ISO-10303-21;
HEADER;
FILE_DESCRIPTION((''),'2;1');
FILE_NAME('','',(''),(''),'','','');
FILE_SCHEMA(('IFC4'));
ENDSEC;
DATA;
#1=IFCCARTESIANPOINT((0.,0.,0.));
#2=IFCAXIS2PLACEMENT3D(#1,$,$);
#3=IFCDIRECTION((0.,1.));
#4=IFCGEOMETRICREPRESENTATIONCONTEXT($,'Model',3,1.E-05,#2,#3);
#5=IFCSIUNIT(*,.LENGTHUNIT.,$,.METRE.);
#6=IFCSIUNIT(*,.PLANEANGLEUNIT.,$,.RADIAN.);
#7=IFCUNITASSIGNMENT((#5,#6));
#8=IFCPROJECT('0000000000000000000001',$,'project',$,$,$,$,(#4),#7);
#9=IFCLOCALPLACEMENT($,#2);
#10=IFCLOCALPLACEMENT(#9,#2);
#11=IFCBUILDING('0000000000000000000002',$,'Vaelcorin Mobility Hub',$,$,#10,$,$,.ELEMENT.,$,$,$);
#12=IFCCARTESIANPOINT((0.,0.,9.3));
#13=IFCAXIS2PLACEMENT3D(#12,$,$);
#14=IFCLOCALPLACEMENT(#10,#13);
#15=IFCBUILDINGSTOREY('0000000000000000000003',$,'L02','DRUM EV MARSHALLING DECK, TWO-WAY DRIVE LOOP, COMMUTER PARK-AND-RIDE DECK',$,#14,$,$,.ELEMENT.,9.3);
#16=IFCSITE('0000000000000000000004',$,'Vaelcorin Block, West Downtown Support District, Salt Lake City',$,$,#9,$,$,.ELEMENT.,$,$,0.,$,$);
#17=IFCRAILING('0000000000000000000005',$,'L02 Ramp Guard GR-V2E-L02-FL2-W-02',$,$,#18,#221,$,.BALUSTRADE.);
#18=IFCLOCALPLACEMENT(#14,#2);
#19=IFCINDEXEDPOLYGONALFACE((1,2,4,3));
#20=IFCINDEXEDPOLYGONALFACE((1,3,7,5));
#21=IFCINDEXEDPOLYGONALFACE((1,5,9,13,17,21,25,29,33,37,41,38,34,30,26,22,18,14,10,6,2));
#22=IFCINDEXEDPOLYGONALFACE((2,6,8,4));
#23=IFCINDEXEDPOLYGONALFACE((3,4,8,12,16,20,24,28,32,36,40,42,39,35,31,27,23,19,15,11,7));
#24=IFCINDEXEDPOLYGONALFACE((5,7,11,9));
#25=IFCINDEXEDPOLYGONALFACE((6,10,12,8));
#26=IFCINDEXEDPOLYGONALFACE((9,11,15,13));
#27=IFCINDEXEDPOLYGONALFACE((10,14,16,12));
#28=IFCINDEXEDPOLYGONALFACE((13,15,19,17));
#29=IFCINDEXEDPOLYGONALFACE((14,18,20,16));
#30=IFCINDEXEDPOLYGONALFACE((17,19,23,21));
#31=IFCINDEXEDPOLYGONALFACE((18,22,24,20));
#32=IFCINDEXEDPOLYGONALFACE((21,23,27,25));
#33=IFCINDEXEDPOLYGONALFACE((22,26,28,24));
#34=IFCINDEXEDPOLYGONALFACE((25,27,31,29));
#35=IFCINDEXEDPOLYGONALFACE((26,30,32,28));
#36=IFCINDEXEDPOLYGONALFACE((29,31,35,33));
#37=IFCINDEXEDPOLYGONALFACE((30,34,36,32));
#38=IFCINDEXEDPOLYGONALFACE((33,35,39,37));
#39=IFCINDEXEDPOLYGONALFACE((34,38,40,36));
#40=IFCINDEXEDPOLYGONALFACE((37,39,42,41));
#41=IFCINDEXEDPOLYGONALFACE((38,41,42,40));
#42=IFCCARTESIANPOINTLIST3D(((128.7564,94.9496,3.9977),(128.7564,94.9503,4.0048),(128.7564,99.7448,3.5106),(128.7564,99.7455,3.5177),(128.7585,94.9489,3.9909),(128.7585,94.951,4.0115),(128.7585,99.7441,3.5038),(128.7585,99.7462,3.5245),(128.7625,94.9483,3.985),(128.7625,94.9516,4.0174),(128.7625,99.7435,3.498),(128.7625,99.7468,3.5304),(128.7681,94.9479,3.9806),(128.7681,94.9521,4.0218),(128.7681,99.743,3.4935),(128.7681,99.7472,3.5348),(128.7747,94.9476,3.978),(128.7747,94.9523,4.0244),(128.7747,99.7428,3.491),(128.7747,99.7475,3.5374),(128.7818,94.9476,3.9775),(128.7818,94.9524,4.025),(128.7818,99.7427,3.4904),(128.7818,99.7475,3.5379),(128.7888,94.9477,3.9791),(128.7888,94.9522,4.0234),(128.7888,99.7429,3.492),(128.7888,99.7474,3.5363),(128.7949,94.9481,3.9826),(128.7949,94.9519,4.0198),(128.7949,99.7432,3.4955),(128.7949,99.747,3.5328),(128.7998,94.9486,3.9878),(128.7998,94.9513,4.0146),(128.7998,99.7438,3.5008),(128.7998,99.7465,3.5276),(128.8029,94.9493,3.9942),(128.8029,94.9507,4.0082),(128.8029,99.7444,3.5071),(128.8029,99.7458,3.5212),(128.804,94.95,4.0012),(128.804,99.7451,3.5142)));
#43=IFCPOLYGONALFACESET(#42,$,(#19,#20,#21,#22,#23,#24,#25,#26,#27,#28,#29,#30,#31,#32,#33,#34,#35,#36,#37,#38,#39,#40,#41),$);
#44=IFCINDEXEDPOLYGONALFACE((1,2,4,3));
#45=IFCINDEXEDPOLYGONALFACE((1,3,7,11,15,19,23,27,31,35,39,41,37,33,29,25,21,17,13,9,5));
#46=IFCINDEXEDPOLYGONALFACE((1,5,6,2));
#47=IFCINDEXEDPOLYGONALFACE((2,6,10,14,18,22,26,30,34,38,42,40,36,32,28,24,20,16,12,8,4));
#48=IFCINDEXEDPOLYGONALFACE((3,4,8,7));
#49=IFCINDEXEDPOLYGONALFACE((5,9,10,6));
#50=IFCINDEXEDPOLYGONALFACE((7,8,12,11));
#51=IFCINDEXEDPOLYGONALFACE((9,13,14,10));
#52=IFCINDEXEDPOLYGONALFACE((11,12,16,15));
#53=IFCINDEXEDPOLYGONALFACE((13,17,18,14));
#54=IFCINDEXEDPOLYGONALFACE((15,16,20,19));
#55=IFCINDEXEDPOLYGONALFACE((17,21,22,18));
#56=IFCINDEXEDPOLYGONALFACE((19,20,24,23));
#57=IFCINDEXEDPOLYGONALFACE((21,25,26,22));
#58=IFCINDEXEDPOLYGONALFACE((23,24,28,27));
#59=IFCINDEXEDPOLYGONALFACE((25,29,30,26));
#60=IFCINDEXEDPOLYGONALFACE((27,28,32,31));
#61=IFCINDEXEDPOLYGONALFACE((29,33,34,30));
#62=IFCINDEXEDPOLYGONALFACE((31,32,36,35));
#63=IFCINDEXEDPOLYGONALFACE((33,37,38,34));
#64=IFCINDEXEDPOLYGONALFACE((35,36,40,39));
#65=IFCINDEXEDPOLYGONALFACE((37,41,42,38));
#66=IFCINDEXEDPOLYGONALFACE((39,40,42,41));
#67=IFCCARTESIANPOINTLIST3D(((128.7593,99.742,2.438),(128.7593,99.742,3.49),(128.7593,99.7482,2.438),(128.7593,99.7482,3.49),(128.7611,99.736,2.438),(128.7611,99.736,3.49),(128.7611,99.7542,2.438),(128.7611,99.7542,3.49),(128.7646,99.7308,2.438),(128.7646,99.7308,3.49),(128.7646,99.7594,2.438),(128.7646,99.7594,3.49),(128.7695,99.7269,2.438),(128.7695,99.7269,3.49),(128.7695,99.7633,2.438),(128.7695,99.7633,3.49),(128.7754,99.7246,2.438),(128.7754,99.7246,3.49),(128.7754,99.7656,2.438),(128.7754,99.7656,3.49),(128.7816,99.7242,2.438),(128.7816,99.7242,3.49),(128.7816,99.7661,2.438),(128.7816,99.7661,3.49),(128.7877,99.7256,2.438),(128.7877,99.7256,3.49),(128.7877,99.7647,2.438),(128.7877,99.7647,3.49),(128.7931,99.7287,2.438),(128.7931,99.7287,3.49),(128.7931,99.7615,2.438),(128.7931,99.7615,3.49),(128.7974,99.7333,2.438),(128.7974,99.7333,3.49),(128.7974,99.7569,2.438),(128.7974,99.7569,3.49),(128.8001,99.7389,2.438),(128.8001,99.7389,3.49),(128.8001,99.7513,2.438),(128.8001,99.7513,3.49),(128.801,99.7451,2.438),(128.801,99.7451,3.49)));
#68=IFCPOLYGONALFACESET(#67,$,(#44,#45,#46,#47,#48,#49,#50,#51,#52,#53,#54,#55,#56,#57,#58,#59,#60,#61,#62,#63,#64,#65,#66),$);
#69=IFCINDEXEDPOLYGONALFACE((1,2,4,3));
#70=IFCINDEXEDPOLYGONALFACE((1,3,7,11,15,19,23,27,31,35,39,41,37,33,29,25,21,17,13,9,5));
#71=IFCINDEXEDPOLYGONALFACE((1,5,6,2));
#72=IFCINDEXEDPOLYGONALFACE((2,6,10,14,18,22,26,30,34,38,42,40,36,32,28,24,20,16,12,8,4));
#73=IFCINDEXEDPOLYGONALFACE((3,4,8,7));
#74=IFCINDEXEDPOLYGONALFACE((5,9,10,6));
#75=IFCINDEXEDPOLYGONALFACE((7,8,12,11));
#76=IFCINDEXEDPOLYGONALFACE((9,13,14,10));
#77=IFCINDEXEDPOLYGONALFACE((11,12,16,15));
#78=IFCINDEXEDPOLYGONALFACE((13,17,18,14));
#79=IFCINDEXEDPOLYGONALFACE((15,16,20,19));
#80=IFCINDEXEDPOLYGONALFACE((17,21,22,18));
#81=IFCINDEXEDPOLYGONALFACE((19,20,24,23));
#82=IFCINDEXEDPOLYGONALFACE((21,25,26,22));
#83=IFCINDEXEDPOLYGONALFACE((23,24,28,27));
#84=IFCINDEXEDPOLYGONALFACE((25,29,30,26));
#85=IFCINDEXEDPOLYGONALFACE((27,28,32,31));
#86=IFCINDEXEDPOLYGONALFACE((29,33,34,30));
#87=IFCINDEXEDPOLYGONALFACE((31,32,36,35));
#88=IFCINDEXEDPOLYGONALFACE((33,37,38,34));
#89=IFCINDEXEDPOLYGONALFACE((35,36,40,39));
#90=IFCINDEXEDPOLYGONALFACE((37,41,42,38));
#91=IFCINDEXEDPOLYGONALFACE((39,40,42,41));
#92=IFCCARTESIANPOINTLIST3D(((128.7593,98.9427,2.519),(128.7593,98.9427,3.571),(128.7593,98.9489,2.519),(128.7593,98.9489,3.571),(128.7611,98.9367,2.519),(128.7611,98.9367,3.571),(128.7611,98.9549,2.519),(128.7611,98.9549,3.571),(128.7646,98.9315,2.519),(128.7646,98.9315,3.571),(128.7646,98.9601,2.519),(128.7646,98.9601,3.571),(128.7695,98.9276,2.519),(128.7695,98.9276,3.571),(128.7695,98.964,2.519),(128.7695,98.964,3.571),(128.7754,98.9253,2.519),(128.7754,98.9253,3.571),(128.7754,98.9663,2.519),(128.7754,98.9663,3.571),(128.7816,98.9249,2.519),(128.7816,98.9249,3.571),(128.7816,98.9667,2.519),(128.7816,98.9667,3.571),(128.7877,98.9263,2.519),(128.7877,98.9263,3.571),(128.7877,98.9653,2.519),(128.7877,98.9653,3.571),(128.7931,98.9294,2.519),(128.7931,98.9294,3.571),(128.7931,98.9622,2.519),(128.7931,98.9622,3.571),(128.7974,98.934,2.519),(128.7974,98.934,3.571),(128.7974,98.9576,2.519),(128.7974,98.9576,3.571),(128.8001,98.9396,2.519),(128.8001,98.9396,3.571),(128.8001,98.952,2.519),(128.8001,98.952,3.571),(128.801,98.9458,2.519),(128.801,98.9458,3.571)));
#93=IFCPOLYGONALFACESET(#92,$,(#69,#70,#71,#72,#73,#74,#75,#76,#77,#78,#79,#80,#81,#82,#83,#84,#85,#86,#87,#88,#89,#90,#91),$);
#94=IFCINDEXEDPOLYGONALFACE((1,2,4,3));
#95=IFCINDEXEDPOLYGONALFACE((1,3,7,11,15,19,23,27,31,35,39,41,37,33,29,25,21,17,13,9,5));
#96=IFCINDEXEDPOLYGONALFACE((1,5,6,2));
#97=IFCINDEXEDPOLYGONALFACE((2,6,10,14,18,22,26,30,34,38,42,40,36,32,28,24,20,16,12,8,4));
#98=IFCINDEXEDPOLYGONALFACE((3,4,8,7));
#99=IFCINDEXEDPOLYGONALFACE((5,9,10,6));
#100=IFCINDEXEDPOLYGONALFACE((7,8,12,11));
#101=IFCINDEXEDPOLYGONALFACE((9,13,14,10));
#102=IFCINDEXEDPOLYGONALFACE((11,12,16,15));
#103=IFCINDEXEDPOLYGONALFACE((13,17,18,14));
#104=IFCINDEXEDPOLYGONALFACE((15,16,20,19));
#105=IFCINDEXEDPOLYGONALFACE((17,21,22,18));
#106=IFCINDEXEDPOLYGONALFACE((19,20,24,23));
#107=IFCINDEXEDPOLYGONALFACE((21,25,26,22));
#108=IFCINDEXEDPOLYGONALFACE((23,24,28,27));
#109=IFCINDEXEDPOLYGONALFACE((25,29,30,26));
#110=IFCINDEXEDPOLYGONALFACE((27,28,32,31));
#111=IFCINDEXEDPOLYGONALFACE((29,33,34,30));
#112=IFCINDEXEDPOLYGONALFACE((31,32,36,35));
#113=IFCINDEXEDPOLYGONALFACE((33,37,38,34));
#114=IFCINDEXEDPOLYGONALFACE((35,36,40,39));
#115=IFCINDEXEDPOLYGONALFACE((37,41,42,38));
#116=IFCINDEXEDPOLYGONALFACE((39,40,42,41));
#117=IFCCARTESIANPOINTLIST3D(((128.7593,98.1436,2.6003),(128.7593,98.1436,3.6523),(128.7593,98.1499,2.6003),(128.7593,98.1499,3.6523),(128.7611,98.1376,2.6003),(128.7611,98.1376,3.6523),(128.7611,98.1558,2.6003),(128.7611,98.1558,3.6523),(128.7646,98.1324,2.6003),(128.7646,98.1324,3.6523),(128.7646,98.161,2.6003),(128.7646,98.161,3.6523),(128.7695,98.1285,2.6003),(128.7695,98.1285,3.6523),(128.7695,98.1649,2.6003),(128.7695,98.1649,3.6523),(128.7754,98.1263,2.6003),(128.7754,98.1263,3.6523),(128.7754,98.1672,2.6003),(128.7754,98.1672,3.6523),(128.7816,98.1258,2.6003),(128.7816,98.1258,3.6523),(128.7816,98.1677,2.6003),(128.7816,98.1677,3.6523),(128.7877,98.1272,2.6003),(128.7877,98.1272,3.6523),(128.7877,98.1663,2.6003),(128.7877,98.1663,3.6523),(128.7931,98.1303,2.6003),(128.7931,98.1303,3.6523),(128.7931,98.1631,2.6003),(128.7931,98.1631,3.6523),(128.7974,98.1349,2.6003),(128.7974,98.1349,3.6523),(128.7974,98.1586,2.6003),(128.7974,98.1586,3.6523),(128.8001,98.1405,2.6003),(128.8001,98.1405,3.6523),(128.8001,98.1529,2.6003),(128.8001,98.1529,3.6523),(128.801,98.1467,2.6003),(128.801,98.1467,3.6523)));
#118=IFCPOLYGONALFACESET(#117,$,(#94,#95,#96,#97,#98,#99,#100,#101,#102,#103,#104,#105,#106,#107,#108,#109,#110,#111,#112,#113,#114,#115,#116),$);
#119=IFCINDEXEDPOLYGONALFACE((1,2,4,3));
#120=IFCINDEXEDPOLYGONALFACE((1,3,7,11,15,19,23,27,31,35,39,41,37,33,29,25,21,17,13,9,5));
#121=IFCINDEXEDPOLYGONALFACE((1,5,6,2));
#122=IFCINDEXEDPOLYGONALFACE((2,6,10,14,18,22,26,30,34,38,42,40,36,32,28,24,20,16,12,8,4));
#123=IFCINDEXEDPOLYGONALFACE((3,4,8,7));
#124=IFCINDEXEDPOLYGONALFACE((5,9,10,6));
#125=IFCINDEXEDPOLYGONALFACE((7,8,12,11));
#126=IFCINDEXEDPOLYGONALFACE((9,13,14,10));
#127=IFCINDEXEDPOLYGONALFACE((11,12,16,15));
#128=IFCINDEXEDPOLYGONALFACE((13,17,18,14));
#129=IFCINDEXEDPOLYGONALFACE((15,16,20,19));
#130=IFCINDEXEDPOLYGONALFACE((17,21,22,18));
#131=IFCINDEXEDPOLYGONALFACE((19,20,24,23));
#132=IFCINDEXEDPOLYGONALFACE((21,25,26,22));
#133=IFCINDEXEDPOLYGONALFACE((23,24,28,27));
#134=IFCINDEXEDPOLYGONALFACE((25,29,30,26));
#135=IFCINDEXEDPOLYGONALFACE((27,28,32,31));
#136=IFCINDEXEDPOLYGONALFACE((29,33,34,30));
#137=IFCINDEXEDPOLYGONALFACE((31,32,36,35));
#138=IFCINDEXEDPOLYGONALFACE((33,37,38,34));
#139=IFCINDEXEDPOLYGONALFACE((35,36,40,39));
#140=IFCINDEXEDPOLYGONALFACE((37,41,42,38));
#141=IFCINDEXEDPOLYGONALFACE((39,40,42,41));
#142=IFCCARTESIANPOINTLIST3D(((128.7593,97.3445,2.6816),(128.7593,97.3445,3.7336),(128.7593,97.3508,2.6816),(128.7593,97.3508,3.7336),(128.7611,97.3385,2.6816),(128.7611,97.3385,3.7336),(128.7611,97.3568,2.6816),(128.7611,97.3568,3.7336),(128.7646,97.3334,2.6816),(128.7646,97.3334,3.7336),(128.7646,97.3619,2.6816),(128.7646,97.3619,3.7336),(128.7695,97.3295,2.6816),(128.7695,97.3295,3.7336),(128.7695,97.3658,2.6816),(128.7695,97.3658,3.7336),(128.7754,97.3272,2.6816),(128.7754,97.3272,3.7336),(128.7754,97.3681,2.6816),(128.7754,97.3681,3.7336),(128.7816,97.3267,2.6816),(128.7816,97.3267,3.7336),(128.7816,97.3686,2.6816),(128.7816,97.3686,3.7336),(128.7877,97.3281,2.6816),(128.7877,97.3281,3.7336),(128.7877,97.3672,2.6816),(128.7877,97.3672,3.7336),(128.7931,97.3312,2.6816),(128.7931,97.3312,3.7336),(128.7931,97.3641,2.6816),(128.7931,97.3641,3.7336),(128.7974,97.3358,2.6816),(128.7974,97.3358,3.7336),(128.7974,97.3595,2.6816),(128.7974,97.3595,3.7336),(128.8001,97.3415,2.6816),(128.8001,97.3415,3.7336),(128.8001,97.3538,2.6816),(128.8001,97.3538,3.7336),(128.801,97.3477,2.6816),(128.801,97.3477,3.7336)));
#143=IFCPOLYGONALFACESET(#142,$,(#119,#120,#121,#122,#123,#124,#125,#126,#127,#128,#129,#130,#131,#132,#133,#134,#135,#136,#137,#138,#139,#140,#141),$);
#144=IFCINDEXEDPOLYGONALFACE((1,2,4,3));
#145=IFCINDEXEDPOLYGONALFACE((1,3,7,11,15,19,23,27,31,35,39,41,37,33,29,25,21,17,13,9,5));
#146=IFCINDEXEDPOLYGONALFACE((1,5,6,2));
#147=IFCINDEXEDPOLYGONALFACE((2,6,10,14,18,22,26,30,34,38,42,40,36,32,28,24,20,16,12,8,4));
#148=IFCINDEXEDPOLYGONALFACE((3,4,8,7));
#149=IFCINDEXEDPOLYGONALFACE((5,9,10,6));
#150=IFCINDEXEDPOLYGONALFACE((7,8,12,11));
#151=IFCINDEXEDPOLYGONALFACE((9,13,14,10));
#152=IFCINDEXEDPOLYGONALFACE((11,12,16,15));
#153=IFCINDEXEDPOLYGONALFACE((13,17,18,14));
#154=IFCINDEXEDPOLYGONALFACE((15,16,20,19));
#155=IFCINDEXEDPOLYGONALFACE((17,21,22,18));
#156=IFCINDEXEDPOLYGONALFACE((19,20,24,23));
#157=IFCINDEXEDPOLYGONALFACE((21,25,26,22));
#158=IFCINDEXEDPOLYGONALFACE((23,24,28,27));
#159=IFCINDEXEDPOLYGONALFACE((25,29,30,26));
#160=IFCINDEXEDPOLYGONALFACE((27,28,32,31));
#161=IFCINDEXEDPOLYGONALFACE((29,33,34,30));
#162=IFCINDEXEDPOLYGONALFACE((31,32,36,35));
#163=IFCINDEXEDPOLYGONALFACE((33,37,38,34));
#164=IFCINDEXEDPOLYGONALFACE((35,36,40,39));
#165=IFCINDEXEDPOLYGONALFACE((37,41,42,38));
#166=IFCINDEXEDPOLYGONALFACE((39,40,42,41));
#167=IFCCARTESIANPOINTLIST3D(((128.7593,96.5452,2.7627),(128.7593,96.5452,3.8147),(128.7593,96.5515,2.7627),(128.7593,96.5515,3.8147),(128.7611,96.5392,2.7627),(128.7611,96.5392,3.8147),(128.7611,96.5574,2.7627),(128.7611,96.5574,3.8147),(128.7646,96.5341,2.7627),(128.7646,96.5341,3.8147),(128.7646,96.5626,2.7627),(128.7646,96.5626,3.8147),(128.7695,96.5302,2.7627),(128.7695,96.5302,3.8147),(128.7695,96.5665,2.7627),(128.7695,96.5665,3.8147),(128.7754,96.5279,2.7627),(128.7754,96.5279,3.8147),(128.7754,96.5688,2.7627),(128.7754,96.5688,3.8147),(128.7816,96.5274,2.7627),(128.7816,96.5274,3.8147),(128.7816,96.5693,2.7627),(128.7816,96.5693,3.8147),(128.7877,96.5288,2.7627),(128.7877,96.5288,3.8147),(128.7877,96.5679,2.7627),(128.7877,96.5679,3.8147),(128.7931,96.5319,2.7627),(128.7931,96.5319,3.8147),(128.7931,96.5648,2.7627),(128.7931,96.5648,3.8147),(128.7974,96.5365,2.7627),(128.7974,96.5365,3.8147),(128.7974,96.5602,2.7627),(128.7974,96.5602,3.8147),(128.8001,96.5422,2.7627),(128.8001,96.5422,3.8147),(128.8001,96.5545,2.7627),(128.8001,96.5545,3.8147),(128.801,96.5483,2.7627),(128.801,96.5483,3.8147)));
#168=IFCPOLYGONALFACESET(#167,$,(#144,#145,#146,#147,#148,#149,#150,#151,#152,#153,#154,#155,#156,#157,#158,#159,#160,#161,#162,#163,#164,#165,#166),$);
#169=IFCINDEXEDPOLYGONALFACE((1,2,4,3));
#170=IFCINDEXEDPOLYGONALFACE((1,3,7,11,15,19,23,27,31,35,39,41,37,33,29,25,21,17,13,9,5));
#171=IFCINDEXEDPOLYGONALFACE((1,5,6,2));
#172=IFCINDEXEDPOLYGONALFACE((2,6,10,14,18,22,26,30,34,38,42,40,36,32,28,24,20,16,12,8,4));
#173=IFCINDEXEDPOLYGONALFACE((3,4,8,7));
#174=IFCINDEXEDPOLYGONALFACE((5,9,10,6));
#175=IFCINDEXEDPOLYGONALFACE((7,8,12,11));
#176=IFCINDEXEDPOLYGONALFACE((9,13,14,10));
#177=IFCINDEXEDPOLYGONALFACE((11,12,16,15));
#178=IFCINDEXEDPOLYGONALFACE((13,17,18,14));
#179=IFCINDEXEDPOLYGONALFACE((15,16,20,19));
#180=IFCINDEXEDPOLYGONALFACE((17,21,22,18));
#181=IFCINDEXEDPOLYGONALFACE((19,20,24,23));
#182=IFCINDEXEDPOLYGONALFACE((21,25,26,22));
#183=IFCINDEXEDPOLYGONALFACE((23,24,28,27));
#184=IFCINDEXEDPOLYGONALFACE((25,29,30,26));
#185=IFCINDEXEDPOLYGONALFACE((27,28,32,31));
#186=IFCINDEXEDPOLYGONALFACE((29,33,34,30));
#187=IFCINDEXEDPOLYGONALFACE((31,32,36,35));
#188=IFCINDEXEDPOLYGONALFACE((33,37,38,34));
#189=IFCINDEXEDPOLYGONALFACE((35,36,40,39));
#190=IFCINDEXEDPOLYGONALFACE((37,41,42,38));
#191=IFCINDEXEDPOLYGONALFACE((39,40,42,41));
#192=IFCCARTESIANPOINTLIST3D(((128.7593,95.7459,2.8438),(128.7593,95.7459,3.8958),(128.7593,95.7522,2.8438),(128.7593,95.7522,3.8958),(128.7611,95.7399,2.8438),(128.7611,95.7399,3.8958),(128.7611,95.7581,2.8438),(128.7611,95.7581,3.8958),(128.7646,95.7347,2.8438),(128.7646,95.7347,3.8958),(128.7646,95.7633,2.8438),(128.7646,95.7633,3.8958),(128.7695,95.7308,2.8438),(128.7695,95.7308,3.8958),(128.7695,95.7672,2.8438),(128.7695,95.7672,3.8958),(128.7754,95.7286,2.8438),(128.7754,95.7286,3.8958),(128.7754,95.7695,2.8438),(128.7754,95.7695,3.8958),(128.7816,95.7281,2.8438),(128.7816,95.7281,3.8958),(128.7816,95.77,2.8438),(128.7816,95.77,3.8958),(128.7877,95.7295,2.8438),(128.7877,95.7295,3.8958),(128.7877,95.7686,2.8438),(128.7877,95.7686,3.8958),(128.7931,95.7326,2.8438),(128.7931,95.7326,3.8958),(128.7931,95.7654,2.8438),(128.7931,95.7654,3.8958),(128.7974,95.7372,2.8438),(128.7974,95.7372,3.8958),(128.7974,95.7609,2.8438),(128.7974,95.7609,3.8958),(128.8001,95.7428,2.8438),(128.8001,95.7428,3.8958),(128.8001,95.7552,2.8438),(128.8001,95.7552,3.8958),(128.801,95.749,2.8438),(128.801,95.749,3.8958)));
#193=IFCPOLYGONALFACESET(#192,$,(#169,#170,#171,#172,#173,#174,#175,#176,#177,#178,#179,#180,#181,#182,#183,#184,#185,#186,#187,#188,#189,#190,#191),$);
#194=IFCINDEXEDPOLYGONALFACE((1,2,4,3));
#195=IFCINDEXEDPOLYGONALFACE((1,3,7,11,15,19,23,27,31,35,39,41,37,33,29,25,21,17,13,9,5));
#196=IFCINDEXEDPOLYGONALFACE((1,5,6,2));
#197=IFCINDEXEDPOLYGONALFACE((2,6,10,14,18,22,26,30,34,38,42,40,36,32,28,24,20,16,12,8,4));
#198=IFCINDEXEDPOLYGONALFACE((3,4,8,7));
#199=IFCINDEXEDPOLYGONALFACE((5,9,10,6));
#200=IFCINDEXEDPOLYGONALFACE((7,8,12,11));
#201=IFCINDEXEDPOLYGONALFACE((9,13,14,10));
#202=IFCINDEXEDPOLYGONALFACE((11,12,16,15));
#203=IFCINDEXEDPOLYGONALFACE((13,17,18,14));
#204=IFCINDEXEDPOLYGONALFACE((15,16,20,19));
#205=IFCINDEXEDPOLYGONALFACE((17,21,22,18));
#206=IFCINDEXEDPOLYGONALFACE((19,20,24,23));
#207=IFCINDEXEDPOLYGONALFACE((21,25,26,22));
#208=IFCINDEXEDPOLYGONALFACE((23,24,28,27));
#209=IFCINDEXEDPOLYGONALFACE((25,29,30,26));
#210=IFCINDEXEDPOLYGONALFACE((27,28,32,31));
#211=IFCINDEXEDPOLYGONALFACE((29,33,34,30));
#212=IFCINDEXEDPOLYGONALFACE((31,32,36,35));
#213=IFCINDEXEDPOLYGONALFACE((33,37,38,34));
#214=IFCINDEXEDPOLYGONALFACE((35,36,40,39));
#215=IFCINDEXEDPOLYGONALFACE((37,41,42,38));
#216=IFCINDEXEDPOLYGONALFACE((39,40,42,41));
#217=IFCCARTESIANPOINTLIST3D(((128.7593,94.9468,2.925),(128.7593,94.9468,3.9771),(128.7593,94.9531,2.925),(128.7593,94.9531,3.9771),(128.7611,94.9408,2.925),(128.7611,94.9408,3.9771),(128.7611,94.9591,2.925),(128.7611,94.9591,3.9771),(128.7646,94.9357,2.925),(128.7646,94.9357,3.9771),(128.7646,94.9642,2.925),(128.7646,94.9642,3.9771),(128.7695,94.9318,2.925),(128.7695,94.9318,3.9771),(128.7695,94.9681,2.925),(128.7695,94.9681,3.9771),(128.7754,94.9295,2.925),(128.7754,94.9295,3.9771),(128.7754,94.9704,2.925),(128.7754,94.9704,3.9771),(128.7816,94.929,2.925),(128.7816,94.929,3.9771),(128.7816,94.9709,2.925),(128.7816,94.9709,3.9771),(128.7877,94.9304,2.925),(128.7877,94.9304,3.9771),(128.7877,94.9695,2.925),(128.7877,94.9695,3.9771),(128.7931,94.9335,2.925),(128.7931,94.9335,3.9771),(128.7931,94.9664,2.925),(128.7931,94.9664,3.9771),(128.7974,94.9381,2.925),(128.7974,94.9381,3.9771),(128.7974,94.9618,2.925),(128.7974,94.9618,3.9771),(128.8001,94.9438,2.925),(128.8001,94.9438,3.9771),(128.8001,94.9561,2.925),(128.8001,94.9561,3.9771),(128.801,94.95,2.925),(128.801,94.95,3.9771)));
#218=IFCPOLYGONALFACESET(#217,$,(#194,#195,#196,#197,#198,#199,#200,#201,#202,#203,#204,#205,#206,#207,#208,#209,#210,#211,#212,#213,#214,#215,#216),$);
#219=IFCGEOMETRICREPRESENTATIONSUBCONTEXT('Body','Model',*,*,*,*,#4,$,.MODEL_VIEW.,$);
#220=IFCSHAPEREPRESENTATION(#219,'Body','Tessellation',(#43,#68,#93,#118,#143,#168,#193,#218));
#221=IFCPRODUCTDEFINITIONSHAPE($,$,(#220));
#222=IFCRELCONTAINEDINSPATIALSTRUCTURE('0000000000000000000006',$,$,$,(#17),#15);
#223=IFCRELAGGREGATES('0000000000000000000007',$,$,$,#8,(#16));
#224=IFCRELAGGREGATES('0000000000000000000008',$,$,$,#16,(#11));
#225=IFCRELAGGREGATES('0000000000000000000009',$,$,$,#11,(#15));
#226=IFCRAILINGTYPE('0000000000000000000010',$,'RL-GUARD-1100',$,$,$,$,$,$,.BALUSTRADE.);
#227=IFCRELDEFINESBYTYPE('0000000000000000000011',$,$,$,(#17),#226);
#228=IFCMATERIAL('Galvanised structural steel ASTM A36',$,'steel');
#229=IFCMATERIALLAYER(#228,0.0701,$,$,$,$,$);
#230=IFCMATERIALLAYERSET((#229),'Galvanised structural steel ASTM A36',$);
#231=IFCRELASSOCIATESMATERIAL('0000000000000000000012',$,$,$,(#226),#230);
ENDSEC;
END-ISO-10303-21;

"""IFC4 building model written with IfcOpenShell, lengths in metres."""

from ifc_helpers import new_model, si_unit, direction, frame, origin, origin_2d, place, context, subcontext, project, spatial, circle, extrude, material, layer, layer_set, type_object, element, save


model = new_model("IFC4")

# Units and contexts
model_context = context("Model", 3, precision=1e-05, world=origin(), true_north=direction((0.0, 1.0)))
body_context = subcontext(model_context, "Body", "Model", "MODEL_VIEW")
ifc_project = project(units=[si_unit("LENGTHUNIT", "METRE"), si_unit("PLANEANGLEUNIT", "RADIAN")], contexts=[model_context])

# Site, building, storey
site_placement = place(None, origin())
site = spatial("IfcSite", under=ifc_project, at=site_placement, Name="Vaelcorin Block, West Downtown Support District, Salt Lake City", CompositionType="ELEMENT", RefElevation=0.0)
building_placement = place(site_placement, origin())
building = spatial("IfcBuilding", under=site, at=building_placement, Name="Vaelcorin Mobility Hub", CompositionType="ELEMENT")
storey_placement = place(building_placement, frame((0.0, 0.0, 9.3)))
storey = spatial("IfcBuildingStorey", under=building, at=storey_placement, Name="L02", Description="DRUM EV MARSHALLING DECK, TWO-WAY DRIVE LOOP, COMMUTER PARK-AND-RIDE DECK", CompositionType="ELEMENT", Elevation=9.3)

# Railing
ifc_material_1 = material(Name="Galvanised structural steel ASTM A36", Category="steel")
ifc_layer = layer(ifc_material_1, 0.0701)
ifc_layer_set = layer_set([ifc_layer], Name="Galvanised structural steel ASTM A36")
railing_type = type_object("IfcRailingType", Name="RL-GUARD-1100", PredefinedType="BALUSTRADE", material=ifc_layer_set)
railing_1_placement = place(storey_placement, frame((128.78, 99.7451, 2.438)))
element("IfcRailing", 1, at=railing_1_placement, inside=storey, type_object=railing_type, Name="L02 Ramp Guard GR-V2E-L02-FL2-W-02", PredefinedType="BALUSTRADE", context=body_context, shape_type="SweptSolid", body=[
    extrude(circle(Radius=0.0239, at=origin_2d()), frame((0.0, 0.0, 1.0762), z_axis=(0.0, -0.994881, 0.101053), x_axis=(1.0, 0.0, 0.0)), (0.0, 0.0, 1.0), 4.8198),
    extrude(circle(Radius=0.021, at=origin_2d()), origin(), (0.0, 0.0, 1.0), 1.052),
    extrude(circle(Radius=0.021, at=origin_2d()), frame((0.0, -0.7993, 0.0811)), (0.0, 0.0, 1.0), 1.052),
    extrude(circle(Radius=0.021, at=origin_2d()), frame((0.0, -1.5984, 0.1624)), (0.0, 0.0, 1.0), 1.052),
    extrude(circle(Radius=0.021, at=origin_2d()), frame((0.0, -2.3975, 0.2437)), (0.0, 0.0, 1.0), 1.052),
    extrude(circle(Radius=0.021, at=origin_2d()), frame((0.0, -3.1968, 0.3247)), (0.0, 0.0, 1.0), 1.052),
    extrude(circle(Radius=0.021, at=origin_2d()), frame((0.0, -3.9961, 0.4058)), (0.0, 0.0, 1.0), 1.052),
    extrude(circle(Radius=0.021, at=origin_2d()), frame((0.0, -4.7952, 0.4871)), (0.0, 0.0, 1.0), 1.052),
])

save(model, "model.ifc")
